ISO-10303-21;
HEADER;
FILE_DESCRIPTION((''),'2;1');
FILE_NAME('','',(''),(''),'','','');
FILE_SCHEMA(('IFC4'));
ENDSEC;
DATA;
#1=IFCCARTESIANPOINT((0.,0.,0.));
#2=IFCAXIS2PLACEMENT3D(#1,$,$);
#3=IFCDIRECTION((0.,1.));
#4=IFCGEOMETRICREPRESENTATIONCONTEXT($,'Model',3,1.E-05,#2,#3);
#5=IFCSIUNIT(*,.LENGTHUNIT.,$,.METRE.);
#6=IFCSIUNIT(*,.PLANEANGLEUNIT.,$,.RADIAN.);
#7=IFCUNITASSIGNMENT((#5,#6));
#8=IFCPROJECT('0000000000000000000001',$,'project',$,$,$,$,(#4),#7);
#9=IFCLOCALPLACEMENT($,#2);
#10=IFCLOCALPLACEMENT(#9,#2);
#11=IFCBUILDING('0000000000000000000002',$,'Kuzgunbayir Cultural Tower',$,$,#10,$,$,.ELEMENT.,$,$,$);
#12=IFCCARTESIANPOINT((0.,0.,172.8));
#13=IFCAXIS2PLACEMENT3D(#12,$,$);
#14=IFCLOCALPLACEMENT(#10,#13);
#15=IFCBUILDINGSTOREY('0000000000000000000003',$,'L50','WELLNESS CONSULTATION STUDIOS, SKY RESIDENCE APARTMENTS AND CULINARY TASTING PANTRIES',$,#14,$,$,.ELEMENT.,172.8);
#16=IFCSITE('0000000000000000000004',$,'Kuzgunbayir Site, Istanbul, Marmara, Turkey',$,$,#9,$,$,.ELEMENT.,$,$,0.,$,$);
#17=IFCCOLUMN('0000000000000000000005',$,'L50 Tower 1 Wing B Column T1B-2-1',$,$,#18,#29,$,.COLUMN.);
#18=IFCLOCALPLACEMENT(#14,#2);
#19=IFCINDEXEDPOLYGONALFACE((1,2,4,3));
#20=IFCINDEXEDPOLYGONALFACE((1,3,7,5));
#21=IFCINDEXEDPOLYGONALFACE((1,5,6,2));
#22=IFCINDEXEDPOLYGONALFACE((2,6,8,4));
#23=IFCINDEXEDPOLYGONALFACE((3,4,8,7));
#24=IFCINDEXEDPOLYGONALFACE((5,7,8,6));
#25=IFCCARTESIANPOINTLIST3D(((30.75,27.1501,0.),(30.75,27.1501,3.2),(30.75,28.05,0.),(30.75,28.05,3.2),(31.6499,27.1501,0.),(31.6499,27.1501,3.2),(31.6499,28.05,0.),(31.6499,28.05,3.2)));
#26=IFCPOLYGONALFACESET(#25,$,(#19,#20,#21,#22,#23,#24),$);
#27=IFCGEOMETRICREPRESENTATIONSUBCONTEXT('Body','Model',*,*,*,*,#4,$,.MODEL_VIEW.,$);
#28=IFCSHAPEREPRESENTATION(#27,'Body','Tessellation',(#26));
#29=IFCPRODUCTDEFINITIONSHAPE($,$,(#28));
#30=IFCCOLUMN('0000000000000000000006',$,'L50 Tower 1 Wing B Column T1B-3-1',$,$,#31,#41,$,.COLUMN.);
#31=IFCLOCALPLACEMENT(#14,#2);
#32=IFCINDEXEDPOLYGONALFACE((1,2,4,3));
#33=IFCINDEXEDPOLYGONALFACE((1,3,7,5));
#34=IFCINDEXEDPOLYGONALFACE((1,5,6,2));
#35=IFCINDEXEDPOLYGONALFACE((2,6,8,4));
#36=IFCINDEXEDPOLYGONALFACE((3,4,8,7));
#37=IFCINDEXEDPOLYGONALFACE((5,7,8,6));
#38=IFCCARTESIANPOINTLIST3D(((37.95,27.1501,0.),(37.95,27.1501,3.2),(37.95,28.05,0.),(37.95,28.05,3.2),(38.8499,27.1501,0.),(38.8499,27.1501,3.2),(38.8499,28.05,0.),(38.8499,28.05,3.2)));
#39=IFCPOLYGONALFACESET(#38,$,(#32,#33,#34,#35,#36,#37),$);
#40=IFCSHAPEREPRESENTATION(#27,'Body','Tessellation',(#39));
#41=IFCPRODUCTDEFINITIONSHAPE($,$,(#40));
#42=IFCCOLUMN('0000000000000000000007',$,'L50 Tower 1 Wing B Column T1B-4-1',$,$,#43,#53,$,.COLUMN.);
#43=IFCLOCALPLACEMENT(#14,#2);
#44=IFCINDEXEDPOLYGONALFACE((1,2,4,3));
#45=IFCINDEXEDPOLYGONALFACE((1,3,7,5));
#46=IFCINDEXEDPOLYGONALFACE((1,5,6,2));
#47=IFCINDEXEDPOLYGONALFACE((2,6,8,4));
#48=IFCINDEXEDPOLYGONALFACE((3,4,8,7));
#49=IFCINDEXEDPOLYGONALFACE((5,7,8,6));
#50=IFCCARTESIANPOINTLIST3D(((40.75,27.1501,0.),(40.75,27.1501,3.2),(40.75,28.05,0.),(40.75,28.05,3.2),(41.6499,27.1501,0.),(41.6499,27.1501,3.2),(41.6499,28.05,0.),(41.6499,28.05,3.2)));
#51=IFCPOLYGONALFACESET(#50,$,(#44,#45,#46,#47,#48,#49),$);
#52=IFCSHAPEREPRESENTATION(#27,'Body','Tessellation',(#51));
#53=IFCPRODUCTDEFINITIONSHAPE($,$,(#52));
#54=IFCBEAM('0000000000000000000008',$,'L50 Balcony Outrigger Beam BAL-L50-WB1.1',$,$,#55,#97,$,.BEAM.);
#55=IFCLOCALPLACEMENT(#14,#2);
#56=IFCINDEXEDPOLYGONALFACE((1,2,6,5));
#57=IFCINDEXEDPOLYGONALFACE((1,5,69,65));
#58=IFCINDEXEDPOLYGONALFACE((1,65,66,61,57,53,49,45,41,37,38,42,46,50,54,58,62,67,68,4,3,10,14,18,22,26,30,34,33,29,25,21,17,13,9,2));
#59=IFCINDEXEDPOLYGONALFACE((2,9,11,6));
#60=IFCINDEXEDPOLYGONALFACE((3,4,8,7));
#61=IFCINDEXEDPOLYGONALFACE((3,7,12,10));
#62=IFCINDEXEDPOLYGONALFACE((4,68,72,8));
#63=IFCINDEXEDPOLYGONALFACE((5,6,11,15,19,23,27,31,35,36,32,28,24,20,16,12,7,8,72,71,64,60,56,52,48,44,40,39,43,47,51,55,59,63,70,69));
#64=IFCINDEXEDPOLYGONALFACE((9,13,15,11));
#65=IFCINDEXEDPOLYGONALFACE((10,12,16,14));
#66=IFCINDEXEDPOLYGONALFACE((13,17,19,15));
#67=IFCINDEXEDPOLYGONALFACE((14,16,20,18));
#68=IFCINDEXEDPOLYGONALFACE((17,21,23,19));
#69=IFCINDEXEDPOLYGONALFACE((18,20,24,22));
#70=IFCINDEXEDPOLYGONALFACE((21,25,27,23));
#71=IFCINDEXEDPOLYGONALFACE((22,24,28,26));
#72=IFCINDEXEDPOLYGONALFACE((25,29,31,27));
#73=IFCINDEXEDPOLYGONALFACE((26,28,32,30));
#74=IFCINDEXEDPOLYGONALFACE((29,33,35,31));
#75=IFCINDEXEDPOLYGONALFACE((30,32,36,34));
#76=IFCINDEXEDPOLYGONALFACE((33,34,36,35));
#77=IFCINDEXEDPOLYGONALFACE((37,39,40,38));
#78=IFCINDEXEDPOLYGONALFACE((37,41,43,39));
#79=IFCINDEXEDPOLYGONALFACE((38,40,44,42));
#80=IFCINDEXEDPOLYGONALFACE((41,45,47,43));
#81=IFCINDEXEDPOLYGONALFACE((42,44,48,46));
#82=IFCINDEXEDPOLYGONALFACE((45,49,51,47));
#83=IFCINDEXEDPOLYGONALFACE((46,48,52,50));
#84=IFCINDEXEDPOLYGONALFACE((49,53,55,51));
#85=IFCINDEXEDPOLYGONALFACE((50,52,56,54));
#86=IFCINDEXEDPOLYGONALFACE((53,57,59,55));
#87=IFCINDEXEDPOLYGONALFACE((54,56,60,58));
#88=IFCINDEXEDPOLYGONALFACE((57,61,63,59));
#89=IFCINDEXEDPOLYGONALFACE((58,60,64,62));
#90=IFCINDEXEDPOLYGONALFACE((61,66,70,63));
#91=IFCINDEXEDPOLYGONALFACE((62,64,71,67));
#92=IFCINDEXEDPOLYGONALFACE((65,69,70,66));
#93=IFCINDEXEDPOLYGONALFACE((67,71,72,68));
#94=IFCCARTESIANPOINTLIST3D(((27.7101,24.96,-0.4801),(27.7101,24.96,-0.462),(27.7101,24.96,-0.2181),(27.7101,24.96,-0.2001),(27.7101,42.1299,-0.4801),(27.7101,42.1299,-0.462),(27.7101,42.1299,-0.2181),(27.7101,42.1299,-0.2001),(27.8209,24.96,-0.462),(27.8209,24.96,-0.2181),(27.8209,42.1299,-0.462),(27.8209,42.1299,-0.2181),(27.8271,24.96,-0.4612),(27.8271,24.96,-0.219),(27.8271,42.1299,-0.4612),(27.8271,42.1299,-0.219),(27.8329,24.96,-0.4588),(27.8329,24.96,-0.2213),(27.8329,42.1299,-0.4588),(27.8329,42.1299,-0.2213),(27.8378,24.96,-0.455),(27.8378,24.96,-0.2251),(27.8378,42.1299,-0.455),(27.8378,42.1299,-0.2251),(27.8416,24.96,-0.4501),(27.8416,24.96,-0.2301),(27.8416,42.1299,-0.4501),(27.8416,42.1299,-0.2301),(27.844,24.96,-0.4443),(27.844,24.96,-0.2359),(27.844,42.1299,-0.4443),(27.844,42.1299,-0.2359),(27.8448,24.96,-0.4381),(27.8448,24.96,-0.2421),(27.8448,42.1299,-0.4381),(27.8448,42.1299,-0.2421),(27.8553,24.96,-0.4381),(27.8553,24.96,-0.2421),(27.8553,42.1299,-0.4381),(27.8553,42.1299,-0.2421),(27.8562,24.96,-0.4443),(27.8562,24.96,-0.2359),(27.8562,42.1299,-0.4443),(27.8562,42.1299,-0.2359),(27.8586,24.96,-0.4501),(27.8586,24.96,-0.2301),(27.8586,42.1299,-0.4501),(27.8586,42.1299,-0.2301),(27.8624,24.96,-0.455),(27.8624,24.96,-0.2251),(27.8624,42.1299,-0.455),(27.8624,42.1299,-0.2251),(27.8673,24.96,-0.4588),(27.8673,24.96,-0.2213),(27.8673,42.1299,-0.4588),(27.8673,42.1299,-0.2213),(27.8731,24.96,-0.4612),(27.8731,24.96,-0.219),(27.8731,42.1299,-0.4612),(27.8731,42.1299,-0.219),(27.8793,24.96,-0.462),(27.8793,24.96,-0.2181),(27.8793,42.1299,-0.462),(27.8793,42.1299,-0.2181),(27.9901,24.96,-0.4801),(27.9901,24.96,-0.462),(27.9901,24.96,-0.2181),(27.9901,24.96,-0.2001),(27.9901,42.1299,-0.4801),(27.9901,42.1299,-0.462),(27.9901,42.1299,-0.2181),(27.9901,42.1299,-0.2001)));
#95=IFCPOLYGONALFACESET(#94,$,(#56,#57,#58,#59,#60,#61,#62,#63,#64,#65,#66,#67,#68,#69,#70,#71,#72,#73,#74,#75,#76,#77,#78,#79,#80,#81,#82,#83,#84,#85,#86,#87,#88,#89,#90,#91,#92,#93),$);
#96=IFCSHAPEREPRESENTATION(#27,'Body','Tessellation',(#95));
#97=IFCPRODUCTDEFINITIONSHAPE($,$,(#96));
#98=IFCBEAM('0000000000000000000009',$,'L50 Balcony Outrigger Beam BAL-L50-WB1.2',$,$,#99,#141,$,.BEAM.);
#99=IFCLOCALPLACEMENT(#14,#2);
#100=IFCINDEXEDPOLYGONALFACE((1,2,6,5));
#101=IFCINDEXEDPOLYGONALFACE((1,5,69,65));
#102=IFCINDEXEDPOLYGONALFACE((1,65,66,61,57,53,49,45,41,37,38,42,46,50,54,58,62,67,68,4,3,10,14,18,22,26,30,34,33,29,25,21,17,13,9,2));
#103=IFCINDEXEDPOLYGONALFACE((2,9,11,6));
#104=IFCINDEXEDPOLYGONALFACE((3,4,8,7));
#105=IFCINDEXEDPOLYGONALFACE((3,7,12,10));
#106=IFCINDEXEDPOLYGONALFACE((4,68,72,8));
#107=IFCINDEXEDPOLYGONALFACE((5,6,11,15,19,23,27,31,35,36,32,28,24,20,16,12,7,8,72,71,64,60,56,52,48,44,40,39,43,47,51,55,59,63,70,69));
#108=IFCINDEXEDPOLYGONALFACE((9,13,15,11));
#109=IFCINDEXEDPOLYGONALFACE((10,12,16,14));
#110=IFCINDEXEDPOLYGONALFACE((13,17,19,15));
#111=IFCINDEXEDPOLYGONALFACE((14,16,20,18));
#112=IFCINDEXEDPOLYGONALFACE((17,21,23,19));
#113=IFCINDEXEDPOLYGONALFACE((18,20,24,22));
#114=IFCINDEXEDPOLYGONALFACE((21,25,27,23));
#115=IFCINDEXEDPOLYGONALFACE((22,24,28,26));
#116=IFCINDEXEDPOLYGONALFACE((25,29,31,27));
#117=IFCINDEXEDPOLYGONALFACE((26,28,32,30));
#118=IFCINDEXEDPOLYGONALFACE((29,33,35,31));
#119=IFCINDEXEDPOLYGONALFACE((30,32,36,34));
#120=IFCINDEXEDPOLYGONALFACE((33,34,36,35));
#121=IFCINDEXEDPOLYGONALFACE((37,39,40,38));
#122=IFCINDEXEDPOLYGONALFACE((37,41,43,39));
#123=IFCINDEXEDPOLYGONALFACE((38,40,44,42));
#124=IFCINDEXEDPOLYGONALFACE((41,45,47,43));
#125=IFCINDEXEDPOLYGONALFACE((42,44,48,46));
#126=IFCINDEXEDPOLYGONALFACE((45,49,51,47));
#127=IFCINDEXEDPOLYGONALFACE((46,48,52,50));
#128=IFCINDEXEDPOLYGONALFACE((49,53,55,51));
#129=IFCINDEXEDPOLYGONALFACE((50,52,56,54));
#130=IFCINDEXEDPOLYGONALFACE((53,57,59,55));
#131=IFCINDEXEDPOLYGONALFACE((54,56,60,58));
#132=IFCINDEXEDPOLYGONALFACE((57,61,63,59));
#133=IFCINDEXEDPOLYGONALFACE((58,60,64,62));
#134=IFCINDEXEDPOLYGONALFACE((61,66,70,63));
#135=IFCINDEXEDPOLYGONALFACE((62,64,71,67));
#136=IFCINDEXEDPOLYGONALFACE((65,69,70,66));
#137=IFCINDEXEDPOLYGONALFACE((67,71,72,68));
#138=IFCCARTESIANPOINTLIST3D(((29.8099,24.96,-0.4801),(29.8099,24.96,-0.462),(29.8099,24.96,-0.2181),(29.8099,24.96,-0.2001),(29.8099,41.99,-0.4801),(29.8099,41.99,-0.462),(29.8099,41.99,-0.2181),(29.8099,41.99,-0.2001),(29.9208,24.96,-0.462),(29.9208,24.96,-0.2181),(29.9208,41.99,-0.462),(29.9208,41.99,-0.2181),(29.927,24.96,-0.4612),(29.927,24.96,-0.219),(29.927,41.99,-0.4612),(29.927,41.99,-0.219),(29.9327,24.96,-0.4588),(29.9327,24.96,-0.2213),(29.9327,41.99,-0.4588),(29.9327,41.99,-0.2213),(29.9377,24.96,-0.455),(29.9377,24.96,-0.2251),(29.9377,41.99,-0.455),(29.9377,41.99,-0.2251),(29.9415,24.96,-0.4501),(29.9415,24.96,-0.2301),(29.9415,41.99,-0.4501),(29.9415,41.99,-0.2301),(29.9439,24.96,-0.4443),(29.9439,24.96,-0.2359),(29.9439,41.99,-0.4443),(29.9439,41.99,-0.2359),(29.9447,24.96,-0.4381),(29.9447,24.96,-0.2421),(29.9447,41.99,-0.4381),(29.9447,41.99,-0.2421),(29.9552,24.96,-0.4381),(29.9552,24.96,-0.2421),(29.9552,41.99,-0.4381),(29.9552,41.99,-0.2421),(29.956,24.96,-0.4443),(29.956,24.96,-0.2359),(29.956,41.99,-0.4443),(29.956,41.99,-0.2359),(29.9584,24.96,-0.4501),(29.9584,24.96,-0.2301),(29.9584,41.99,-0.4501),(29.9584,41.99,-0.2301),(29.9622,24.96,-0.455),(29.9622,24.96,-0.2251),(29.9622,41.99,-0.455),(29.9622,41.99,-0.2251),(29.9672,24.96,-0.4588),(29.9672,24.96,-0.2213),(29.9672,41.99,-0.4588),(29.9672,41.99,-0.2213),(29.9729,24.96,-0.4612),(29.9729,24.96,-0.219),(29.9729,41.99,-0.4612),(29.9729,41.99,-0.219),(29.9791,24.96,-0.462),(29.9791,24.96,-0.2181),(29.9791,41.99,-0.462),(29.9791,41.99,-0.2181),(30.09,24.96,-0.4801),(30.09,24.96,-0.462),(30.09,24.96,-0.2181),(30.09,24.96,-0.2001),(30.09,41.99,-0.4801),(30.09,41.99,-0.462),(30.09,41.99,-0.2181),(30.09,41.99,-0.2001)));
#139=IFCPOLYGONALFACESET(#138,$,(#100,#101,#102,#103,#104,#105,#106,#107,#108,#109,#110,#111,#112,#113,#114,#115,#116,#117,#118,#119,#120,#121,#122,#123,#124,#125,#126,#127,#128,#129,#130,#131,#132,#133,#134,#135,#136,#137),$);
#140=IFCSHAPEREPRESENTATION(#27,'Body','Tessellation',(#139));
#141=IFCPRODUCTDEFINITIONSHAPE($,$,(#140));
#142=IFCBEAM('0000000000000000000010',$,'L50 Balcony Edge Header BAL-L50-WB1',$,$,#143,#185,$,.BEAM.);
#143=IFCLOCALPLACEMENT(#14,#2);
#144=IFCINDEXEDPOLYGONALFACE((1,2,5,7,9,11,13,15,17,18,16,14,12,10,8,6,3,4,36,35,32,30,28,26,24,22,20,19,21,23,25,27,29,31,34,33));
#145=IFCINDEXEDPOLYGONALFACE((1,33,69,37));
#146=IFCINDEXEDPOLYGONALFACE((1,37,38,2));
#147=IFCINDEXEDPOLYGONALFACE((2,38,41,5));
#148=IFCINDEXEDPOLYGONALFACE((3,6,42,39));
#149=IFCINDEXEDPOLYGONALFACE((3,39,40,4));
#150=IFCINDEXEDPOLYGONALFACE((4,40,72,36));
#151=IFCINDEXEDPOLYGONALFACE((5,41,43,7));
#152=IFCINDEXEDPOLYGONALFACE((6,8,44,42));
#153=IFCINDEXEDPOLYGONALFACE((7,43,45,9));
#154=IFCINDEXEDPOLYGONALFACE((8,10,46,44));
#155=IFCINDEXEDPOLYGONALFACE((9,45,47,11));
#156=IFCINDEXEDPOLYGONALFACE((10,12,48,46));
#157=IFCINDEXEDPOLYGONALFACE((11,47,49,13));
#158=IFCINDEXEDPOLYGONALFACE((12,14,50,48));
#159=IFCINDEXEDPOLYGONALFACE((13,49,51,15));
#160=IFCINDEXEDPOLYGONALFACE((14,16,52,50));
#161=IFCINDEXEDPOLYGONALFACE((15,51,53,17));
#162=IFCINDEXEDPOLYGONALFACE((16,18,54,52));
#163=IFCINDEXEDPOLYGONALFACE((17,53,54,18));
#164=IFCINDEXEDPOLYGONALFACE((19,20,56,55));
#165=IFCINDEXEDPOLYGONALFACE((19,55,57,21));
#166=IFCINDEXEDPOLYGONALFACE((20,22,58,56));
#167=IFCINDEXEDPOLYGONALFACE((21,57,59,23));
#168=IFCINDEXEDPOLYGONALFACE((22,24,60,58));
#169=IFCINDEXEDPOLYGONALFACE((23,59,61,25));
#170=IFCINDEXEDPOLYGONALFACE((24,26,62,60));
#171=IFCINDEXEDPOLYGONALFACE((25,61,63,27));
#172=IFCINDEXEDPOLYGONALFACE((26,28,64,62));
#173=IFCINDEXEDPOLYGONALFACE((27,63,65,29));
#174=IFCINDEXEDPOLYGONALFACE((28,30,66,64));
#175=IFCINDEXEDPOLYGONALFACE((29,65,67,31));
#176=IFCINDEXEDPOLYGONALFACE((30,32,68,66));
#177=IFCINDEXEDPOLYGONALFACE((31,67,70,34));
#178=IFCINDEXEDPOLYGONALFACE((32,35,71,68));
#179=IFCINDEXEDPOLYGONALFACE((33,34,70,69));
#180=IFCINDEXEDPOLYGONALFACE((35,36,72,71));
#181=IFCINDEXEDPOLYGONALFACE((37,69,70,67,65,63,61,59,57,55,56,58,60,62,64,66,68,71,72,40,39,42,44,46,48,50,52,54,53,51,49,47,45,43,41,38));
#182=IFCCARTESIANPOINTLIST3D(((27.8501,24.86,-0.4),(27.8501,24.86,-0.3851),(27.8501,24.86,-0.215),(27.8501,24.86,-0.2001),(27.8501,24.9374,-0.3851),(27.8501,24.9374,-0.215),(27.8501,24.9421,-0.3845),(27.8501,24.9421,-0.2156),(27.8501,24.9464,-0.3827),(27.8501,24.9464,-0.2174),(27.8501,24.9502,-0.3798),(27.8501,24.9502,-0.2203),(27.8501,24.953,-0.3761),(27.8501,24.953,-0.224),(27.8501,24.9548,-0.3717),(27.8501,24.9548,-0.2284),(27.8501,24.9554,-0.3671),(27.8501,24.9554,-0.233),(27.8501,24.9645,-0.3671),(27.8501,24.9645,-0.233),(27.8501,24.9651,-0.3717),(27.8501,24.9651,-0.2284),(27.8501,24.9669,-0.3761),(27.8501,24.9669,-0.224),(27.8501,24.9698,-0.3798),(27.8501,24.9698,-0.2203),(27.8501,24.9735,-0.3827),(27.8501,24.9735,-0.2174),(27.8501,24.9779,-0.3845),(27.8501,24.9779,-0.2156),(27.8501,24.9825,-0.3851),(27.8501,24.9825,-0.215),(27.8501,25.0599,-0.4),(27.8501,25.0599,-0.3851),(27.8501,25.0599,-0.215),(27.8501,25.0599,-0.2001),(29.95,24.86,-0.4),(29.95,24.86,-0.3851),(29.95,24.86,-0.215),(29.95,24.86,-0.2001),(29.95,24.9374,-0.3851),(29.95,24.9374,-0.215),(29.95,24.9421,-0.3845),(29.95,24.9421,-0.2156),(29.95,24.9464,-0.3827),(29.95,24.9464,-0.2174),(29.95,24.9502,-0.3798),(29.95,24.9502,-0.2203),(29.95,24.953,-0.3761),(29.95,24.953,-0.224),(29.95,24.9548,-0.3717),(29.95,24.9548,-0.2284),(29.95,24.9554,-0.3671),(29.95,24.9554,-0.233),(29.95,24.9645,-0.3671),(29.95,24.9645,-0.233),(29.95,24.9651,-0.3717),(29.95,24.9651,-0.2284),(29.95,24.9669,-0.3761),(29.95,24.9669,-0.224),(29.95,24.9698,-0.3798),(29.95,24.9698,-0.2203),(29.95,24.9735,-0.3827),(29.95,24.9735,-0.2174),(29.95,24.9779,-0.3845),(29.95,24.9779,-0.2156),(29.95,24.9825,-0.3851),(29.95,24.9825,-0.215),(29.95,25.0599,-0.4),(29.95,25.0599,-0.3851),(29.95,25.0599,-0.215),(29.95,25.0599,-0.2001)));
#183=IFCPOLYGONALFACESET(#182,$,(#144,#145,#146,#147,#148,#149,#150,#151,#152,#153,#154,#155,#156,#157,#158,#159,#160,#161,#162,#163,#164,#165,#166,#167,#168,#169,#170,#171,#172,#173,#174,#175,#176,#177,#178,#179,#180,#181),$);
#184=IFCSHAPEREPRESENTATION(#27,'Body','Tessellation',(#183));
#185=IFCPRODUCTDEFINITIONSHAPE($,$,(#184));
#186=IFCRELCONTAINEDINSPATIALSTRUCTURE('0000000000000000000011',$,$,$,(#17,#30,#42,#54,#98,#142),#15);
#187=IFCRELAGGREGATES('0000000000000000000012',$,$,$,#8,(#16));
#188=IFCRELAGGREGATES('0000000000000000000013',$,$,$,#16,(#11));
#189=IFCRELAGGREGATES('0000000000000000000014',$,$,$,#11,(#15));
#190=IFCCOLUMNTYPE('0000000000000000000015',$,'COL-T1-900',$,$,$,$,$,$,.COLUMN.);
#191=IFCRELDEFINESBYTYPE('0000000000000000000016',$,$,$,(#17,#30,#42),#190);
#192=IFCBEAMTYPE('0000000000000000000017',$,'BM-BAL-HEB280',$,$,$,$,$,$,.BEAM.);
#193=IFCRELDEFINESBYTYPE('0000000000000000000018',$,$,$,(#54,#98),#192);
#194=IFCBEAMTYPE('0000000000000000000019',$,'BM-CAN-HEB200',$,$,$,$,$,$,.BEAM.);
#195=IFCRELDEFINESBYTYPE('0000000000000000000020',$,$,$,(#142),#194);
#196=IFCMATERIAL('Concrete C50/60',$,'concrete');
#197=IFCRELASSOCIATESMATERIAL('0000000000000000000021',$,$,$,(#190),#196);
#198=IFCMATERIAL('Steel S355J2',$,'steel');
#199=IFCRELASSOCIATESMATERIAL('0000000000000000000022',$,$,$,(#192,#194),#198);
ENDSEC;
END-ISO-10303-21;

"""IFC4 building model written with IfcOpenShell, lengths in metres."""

from ifc_helpers import new_model, si_unit, direction, frame, origin, origin_2d, place, context, subcontext, project, spatial, rectangle, i_section, extrude, material, material_profile, profile_set, type_object, element, save


model = new_model("IFC4")

# Units and contexts
model_context = context("Model", 3, precision=1e-05, world=origin(), true_north=direction((0.0, 1.0)))
body_context = subcontext(model_context, "Body", "Model", "MODEL_VIEW")
ifc_project = project(units=[si_unit("LENGTHUNIT", "METRE"), si_unit("PLANEANGLEUNIT", "RADIAN")], contexts=[model_context])

# Site, building, storey
site_placement = place(None, origin())
site = spatial("IfcSite", under=ifc_project, at=site_placement, Name="Kuzgunbayir Site, Istanbul, Marmara, Turkey", CompositionType="ELEMENT", RefElevation=0.0)
building_placement = place(site_placement, origin())
building = spatial("IfcBuilding", under=site, at=building_placement, Name="Kuzgunbayir Cultural Tower", CompositionType="ELEMENT")
storey_placement = place(building_placement, frame((0.0, 0.0, 172.8)))
storey = spatial("IfcBuildingStorey", under=building, at=storey_placement, Name="L50", Description="WELLNESS CONSULTATION STUDIOS, SKY RESIDENCE APARTMENTS AND CULINARY TASTING PANTRIES", CompositionType="ELEMENT", Elevation=172.8)

# Columns
ifc_material_1 = material(Name="Concrete C50/60", Category="concrete")
ifc_material_profile_1 = material_profile(ifc_material_1, rectangle(XDim=0.8999, YDim=0.8999, at=origin_2d()), Name="RC 900x900")
ifc_profile_set_1 = profile_set([ifc_material_profile_1], Name="Concrete C50/60")
column_type = type_object("IfcColumnType", Name="COL-T1-900", PredefinedType="COLUMN", material=ifc_profile_set_1)
for number, where, z_axis, x_axis, name in (
    (1, (31.2, 27.6001, 0.0), (0.0, 0.0, 1.0), (1.0, 0.0, 0.0), "L50 Tower 1 Wing B Column T1B-2-1"),
    (2, (38.3999, 27.6001, 0.0), (0.0, 0.0, 1.0), (1.0, 0.0, 0.0), "L50 Tower 1 Wing B Column T1B-3-1"),
    (3, (41.2, 27.6001, 0.0), (0.0, 0.0, 1.0), (1.0, 0.0, 0.0), "L50 Tower 1 Wing B Column T1B-4-1"),
):
    element("IfcColumn", number, at=place(storey_placement, frame(where, z_axis=z_axis, x_axis=x_axis)), inside=storey, type_object=column_type, Name=name, PredefinedType="COLUMN", context=body_context, shape_type="SweptSolid", body=[
        extrude(rectangle(XDim=0.8999, YDim=0.8999, at=origin_2d()), origin(), (0.0, 0.0, 1.0), 3.2),
    ])

# Beams
ifc_material_2 = material(Name="Steel S355J2", Category="steel")
ifc_material_profile_2 = material_profile(ifc_material_2, i_section(OverallWidth=0.28, OverallDepth=0.28, WebThickness=0.0105, FlangeThickness=0.0181, FilletRadius=0.0239, at=origin_2d()), Name="HEB 280")
ifc_profile_set_2 = profile_set([ifc_material_profile_2], Name="Steel S355J2")
beam_type_1 = type_object("IfcBeamType", Name="BM-BAL-HEB280", PredefinedType="BEAM", material=ifc_profile_set_2)
beam_1_placement = place(storey_placement, frame((27.8501, 24.96, -0.3401), z_axis=(0.0, 1.0, 0.0), x_axis=(-1.0, 0.0, 0.0)))
element("IfcBeam", 4, at=beam_1_placement, inside=storey, type_object=beam_type_1, Name="L50 Balcony Outrigger Beam BAL-L50-WB1.1", PredefinedType="BEAM", context=body_context, shape_type="SweptSolid", body=[
    extrude(i_section(OverallWidth=0.28, OverallDepth=0.28, WebThickness=0.0105, FlangeThickness=0.0181, FilletRadius=0.0239, at=origin_2d()), origin(), (0.0, 0.0, 1.0), 17.1699),
])
beam_2_placement = place(storey_placement, frame((29.95, 24.96, -0.3401), z_axis=(0.0, 1.0, 0.0), x_axis=(-1.0, 0.0, 0.0)))
element("IfcBeam", 5, at=beam_2_placement, inside=storey, type_object=beam_type_1, Name="L50 Balcony Outrigger Beam BAL-L50-WB1.2", PredefinedType="BEAM", context=body_context, shape_type="SweptSolid", body=[
    extrude(i_section(OverallWidth=0.28, OverallDepth=0.28, WebThickness=0.0105, FlangeThickness=0.0181, FilletRadius=0.0239, at=origin_2d()), origin(), (0.0, 0.0, 1.0), 17.03),
])
ifc_material_profile_3 = material_profile(ifc_material_2, i_section(OverallWidth=0.2, OverallDepth=0.2, WebThickness=0.009, FlangeThickness=0.0149, FilletRadius=0.0181, at=origin_2d()), Name="HEB 200")
ifc_profile_set_3 = profile_set([ifc_material_profile_3], Name="Steel S355J2")
beam_type_2 = type_object("IfcBeamType", Name="BM-CAN-HEB200", PredefinedType="BEAM", material=ifc_profile_set_3)
beam_3_placement = place(storey_placement, frame((27.8501, 24.96, -0.3), z_axis=(1.0, 0.0, 0.0), x_axis=(0.0, 1.0, 0.0)))
element("IfcBeam", 6, at=beam_3_placement, inside=storey, type_object=beam_type_2, Name="L50 Balcony Edge Header BAL-L50-WB1", PredefinedType="BEAM", context=body_context, shape_type="SweptSolid", body=[
    extrude(i_section(OverallWidth=0.2, OverallDepth=0.2, WebThickness=0.009, FlangeThickness=0.0149, FilletRadius=0.0181, at=origin_2d()), origin(), (0.0, 0.0, 1.0), 2.0999),
])

save(model, "model.ifc")
